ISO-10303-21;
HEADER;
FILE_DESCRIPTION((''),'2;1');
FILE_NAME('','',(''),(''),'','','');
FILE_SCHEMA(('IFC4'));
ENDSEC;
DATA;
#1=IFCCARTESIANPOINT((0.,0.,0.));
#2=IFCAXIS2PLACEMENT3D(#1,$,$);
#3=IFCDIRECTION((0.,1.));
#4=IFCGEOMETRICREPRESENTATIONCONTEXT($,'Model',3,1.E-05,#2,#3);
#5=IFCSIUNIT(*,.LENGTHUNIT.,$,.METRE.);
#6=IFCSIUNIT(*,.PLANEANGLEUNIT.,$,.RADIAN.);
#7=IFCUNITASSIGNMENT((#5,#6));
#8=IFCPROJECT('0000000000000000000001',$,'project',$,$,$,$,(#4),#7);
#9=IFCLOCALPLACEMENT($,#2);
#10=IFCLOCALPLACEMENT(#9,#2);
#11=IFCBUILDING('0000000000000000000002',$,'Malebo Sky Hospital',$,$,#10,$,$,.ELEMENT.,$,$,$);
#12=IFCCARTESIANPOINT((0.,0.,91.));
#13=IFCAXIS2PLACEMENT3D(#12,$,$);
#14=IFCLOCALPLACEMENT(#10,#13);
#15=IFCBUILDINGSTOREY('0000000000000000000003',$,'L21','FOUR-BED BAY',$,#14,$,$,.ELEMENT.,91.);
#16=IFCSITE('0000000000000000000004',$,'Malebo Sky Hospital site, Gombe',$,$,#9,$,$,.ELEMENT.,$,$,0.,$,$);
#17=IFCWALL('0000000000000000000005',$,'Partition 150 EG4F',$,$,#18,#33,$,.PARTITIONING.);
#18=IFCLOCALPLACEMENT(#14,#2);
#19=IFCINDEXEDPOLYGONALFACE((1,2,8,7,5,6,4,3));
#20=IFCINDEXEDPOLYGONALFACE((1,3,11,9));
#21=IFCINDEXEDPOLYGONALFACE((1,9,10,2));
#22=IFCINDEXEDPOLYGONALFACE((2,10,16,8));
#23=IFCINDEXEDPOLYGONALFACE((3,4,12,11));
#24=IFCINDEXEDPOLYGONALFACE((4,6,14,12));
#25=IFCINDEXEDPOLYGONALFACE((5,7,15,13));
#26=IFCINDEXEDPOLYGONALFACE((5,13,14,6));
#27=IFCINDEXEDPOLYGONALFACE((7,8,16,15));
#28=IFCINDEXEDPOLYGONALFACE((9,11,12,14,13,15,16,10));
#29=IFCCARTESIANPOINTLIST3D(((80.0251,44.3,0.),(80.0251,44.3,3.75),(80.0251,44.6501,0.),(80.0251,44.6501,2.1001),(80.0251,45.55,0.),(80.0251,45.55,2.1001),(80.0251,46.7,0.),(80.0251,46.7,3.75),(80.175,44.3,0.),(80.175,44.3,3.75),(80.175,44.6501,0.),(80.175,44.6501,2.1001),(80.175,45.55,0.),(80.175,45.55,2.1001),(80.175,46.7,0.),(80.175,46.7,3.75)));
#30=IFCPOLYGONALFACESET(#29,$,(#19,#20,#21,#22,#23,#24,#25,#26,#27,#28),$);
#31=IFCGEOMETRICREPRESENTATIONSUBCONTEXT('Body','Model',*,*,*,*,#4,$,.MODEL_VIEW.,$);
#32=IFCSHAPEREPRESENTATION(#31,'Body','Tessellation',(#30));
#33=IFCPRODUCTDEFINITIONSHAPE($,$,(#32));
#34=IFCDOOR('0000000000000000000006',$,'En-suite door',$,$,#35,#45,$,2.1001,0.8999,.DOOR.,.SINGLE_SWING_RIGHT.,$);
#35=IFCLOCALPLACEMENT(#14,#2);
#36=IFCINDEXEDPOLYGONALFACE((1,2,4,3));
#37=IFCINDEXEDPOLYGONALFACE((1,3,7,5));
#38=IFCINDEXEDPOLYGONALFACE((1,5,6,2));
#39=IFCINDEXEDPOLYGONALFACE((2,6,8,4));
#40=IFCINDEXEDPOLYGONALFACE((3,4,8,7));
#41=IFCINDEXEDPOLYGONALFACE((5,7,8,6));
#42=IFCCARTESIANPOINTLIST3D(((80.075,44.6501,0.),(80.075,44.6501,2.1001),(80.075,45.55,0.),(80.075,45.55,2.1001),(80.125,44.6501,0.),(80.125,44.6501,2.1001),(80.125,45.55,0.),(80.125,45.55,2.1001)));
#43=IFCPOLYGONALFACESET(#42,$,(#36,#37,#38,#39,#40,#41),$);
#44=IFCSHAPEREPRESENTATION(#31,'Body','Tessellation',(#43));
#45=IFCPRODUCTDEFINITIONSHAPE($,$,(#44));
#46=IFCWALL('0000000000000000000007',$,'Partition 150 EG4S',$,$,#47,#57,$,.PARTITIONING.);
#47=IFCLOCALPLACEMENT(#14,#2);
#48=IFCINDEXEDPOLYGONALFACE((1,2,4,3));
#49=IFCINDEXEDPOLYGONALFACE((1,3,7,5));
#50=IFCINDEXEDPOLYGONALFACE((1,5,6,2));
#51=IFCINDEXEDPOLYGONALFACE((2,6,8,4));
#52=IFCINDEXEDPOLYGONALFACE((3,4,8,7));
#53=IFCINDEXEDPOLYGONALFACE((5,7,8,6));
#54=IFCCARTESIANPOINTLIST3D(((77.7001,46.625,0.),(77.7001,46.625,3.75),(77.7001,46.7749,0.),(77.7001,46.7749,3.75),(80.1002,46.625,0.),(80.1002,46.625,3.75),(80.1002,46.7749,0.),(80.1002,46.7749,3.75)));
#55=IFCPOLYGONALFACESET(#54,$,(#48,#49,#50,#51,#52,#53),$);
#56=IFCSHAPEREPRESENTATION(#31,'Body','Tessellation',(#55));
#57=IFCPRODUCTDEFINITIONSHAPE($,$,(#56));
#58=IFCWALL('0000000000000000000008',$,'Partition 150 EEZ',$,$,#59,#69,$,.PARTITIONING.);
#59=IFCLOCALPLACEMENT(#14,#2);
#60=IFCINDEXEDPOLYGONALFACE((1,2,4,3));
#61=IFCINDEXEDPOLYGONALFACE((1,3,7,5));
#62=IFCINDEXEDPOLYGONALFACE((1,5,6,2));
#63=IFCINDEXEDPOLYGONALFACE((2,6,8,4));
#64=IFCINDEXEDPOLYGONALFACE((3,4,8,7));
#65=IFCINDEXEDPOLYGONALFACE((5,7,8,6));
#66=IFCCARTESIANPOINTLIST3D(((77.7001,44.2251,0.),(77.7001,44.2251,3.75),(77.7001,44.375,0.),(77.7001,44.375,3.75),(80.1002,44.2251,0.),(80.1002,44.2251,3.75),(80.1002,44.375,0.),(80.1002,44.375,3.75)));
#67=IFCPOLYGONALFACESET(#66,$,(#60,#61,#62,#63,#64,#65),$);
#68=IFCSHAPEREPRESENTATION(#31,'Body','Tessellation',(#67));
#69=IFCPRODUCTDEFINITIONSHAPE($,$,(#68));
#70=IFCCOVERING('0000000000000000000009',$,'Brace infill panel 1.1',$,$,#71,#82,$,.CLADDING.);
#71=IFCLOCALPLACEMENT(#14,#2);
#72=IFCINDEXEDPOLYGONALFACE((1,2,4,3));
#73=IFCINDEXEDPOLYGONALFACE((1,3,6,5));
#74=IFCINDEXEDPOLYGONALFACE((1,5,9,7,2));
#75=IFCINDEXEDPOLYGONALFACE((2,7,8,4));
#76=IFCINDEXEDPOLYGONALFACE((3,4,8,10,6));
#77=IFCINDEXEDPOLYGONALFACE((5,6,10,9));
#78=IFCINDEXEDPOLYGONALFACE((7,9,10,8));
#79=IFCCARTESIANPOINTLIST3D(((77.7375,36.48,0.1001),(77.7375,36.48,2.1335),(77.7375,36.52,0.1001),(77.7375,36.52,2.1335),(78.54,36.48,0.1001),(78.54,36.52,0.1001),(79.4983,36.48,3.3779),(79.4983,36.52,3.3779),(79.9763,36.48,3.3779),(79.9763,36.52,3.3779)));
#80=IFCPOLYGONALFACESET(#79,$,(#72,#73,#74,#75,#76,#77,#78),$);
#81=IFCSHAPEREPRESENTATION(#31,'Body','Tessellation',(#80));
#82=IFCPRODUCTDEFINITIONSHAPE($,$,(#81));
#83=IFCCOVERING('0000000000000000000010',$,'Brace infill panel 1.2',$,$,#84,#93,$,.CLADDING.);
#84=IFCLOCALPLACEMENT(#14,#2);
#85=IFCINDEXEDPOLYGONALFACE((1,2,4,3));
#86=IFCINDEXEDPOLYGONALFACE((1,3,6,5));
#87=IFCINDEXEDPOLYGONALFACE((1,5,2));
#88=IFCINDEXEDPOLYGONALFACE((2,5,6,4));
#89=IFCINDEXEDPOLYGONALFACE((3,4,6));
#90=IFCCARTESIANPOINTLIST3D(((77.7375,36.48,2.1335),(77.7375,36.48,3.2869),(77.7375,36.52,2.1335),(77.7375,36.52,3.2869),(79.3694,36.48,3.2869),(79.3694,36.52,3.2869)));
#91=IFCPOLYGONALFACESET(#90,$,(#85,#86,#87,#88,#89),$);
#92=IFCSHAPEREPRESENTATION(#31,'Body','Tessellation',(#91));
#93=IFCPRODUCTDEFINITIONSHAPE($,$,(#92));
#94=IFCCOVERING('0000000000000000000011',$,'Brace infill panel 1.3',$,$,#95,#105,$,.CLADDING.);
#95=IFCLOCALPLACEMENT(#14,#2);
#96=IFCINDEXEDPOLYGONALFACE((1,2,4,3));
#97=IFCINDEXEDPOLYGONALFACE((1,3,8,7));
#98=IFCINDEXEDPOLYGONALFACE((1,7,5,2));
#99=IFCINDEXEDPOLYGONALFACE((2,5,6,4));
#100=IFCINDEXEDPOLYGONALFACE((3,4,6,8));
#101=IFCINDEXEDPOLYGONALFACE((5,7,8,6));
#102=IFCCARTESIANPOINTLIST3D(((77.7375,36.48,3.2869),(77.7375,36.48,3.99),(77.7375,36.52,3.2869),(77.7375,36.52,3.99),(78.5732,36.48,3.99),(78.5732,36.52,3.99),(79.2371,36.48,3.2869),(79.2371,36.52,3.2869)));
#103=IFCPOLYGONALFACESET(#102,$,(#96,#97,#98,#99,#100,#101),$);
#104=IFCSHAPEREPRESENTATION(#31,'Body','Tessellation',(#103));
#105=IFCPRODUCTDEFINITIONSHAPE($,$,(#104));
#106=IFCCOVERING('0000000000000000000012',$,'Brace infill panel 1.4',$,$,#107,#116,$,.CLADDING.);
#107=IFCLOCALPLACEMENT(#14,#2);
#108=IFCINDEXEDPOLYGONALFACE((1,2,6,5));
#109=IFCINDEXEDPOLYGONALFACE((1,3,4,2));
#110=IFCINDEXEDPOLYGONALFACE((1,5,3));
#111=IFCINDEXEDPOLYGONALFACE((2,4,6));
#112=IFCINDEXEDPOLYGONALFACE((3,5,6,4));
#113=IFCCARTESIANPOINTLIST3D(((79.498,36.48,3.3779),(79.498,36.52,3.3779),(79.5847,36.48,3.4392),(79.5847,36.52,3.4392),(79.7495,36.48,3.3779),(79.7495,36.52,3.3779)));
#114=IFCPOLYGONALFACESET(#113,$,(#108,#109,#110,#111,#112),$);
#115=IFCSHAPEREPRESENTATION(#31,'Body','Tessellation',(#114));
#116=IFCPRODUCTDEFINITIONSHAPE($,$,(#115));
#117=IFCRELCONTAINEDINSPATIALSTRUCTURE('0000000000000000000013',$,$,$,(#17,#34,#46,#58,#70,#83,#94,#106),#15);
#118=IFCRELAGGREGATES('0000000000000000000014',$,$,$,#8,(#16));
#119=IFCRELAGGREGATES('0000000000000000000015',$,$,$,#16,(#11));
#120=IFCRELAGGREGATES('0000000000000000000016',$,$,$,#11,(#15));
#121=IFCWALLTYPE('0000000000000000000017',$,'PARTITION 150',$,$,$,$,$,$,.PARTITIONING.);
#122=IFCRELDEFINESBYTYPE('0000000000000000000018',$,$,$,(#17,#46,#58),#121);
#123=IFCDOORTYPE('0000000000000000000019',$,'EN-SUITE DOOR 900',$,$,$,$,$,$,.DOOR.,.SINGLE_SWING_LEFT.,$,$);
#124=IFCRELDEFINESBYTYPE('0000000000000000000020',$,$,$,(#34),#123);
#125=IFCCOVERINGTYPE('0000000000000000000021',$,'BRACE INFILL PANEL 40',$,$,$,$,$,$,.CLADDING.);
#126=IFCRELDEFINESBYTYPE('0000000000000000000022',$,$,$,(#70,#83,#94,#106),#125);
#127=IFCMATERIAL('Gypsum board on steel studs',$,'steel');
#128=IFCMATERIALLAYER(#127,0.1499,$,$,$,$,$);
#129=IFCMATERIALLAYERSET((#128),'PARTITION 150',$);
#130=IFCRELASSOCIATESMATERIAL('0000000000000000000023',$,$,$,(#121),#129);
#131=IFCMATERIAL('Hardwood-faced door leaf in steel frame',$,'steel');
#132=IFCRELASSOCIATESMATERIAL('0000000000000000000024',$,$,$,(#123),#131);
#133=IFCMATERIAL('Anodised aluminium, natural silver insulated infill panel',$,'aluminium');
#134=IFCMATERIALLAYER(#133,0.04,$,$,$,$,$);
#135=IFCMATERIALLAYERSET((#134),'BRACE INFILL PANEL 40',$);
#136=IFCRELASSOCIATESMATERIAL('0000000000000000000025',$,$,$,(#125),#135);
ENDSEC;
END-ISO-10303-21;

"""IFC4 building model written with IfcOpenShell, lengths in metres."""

from ifc_helpers import new_model, si_unit, direction, frame, frame_2d, origin, place, context, subcontext, project, spatial, polyline, rectangle, outline, extrude, material, layer, layer_set, type_object, element, fill, save


model = new_model("IFC4")

# Units and contexts
model_context = context("Model", 3, precision=1e-05, world=origin(), true_north=direction((0.0, 1.0)))
body_context = subcontext(model_context, "Body", "Model", "MODEL_VIEW")
ifc_project = project(units=[si_unit("LENGTHUNIT", "METRE"), si_unit("PLANEANGLEUNIT", "RADIAN")], contexts=[model_context])

# Site, building, storey
site_placement = place(None, origin())
site = spatial("IfcSite", under=ifc_project, at=site_placement, Name="Malebo Sky Hospital site, Gombe", CompositionType="ELEMENT", RefElevation=0.0)
building_placement = place(site_placement, origin())
building = spatial("IfcBuilding", under=site, at=building_placement, Name="Malebo Sky Hospital", CompositionType="ELEMENT")
storey_placement = place(building_placement, frame((0.0, 0.0, 91.0)))
storey = spatial("IfcBuildingStorey", under=building, at=storey_placement, Name="L21", Description="FOUR-BED BAY", CompositionType="ELEMENT", Elevation=91.0)

# Shared definitions
ifc_material_1 = material(Name="Gypsum board on steel studs", Category="steel")
ifc_material_2 = material(Name="Hardwood-faced door leaf in steel frame", Category="steel")

# Shared definitions
ifc_layer_1 = layer(ifc_material_1, 0.1499)
ifc_layer_set_1 = layer_set([ifc_layer_1], Name="PARTITION 150")
wall_type_1 = type_object("IfcWallType", Name="PARTITION 150", PredefinedType="PARTITIONING", material=ifc_layer_set_1)

# Shared definitions
door_type_1 = type_object("IfcDoorType", Name="EN-SUITE DOOR 900", OperationType="SINGLE_SWING_LEFT", PredefinedType="DOOR", material=ifc_material_2)

# Wall, opening, door
wall_1_placement = place(storey_placement, frame((80.1001, 46.7, 0.0), z_axis=(0.0, 0.0, 1.0), x_axis=(0.0, -1.0, 0.0)))
wall_1 = element("IfcWall", 1, at=wall_1_placement, inside=storey, type_object=wall_type_1, Name="Partition 150 EG4F", PredefinedType="PARTITIONING", context=body_context, shape_type="SweptSolid", body=[
    extrude(rectangle(XDim=2.3999, YDim=0.1499, at=frame_2d((1.2, 0.0))), origin(), (0.0, 0.0, 1.0), 3.75),
])
opening_1_placement = place(wall_1_placement, frame((1.1499, 0.0, 0.0)))
opening_1 = element("IfcOpeningElement", 2, at=opening_1_placement, cuts=wall_1, PredefinedType="OPENING", context=body_context, shape_type="SweptSolid", body=[
    extrude(rectangle(XDim=0.8999, YDim=2.1001, at=frame_2d((0.45, 1.05))), frame((0.0, 0.085, 0.0), z_axis=(0.0, -1.0, 0.0), x_axis=(1.0, 0.0, 0.0)), (0.0, 0.0, 1.0), 0.1699),
])
door_1_placement = place(opening_1_placement, origin())
door_1 = element("IfcDoor", 3, at=door_1_placement, inside=storey, type_object=door_type_1, Name="En-suite door", OperationType="SINGLE_SWING_RIGHT", OverallHeight=2.1001, OverallWidth=0.8999, PredefinedType="DOOR", context=body_context, shape_type="SweptSolid", body=[
    extrude(rectangle(XDim=0.8999, YDim=2.1001, at=frame_2d((0.45, 1.05))), frame((0.0, 0.0249, 0.0), z_axis=(0.0, -1.0, 0.0), x_axis=(1.0, 0.0, 0.0)), (0.0, 0.0, 1.0), 0.05),
])
fill(opening_1, door_1)

# Walls
for number, where, z_axis, x_axis, name in (
    (4, (77.7, 46.7, 0.0), (0.0, 0.0, 1.0), (1.0, 0.0, 0.0), "Partition 150 EG4S"),
    (5, (77.7, 44.3, 0.0), (0.0, 0.0, 1.0), (1.0, 0.0, 0.0), "Partition 150 EEZ"),
):
    element("IfcWall", number, at=place(storey_placement, frame(where, z_axis=z_axis, x_axis=x_axis)), inside=storey, type_object=wall_type_1, Name=name, PredefinedType="PARTITIONING", context=body_context, shape_type="SweptSolid", body=[
        extrude(rectangle(XDim=2.4001, YDim=0.1499, at=frame_2d((1.2002, 0.0))), origin(), (0.0, 0.0, 1.0), 3.75),
    ])

# Coverings
ifc_material_3 = material(Name="Anodised aluminium, natural silver insulated infill panel", Category="aluminium")
ifc_layer_2 = layer(ifc_material_3, 0.04)
ifc_layer_set_2 = layer_set([ifc_layer_2], Name="BRACE INFILL PANEL 40")
covering_type = type_object("IfcCoveringType", Name="BRACE INFILL PANEL 40", PredefinedType="CLADDING", material=ifc_layer_set_2)
covering_1_placement = place(storey_placement, frame((78.8569, 36.5, 0.1001), z_axis=(0.0, 0.0, 1.0), x_axis=(-1.0, 0.0, 0.0)))
element("IfcCovering", 6, at=covering_1_placement, inside=storey, type_object=covering_type, Name="Brace infill panel 1.1", PredefinedType="CLADDING", context=body_context, shape_type="SweptSolid", body=[
    extrude(outline(polyline([(0.3169, 0.0), (1.1194, 0.0), (1.1194, 2.0334), (-0.6414, 3.2778), (-1.1194, 3.2778), (0.3169, 0.0)])), frame((0.0, 0.02, 0.0), z_axis=(0.0, -1.0, 0.0), x_axis=(1.0, 0.0, 0.0)), (0.0, 0.0, 1.0), 0.04),
])
covering_2_placement = place(storey_placement, frame((78.5535, 36.5, 2.1335), z_axis=(0.0, 0.0, 1.0), x_axis=(-1.0, 0.0, 0.0)))
element("IfcCovering", 7, at=covering_2_placement, inside=storey, type_object=covering_type, Name="Brace infill panel 1.2", PredefinedType="CLADDING", context=body_context, shape_type="SweptSolid", body=[
    extrude(outline(polyline([(0.8159, 0.0), (0.8159, 1.1533), (-0.8159, 1.1533), (0.8159, 0.0)])), frame((0.0, 0.02, 0.0), z_axis=(0.0, -1.0, 0.0), x_axis=(1.0, 0.0, 0.0)), (0.0, 0.0, 1.0), 0.04),
])
covering_3_placement = place(storey_placement, frame((78.4873, 36.5, 3.2869), z_axis=(0.0, 0.0, 1.0), x_axis=(-1.0, 0.0, 0.0)))
element("IfcCovering", 8, at=covering_3_placement, inside=storey, type_object=covering_type, Name="Brace infill panel 1.3", PredefinedType="CLADDING", context=body_context, shape_type="SweptSolid", body=[
    extrude(outline(polyline([(-0.7498, 0.0), (0.7498, 0.0), (0.7498, 0.7031), (-0.0859, 0.7031), (-0.7498, 0.0)])), frame((0.0, 0.02, 0.0), z_axis=(0.0, -1.0, 0.0), x_axis=(1.0, 0.0, 0.0)), (0.0, 0.0, 1.0), 0.04),
])
covering_4_placement = place(storey_placement, frame((79.6238, 36.5, 3.3779), z_axis=(0.0, 0.0, 1.0), x_axis=(-1.0, 0.0, 0.0)))
element("IfcCovering", 9, at=covering_4_placement, inside=storey, type_object=covering_type, Name="Brace infill panel 1.4", PredefinedType="CLADDING", context=body_context, shape_type="SweptSolid", body=[
    extrude(outline(polyline([(-0.1257, 0.0), (0.1257, 0.0), (0.0391, 0.0613), (-0.1257, 0.0)])), frame((0.0, 0.02, 0.0), z_axis=(0.0, -1.0, 0.0), x_axis=(1.0, 0.0, 0.0)), (0.0, 0.0, 1.0), 0.04),
])

save(model, "model.ifc")
